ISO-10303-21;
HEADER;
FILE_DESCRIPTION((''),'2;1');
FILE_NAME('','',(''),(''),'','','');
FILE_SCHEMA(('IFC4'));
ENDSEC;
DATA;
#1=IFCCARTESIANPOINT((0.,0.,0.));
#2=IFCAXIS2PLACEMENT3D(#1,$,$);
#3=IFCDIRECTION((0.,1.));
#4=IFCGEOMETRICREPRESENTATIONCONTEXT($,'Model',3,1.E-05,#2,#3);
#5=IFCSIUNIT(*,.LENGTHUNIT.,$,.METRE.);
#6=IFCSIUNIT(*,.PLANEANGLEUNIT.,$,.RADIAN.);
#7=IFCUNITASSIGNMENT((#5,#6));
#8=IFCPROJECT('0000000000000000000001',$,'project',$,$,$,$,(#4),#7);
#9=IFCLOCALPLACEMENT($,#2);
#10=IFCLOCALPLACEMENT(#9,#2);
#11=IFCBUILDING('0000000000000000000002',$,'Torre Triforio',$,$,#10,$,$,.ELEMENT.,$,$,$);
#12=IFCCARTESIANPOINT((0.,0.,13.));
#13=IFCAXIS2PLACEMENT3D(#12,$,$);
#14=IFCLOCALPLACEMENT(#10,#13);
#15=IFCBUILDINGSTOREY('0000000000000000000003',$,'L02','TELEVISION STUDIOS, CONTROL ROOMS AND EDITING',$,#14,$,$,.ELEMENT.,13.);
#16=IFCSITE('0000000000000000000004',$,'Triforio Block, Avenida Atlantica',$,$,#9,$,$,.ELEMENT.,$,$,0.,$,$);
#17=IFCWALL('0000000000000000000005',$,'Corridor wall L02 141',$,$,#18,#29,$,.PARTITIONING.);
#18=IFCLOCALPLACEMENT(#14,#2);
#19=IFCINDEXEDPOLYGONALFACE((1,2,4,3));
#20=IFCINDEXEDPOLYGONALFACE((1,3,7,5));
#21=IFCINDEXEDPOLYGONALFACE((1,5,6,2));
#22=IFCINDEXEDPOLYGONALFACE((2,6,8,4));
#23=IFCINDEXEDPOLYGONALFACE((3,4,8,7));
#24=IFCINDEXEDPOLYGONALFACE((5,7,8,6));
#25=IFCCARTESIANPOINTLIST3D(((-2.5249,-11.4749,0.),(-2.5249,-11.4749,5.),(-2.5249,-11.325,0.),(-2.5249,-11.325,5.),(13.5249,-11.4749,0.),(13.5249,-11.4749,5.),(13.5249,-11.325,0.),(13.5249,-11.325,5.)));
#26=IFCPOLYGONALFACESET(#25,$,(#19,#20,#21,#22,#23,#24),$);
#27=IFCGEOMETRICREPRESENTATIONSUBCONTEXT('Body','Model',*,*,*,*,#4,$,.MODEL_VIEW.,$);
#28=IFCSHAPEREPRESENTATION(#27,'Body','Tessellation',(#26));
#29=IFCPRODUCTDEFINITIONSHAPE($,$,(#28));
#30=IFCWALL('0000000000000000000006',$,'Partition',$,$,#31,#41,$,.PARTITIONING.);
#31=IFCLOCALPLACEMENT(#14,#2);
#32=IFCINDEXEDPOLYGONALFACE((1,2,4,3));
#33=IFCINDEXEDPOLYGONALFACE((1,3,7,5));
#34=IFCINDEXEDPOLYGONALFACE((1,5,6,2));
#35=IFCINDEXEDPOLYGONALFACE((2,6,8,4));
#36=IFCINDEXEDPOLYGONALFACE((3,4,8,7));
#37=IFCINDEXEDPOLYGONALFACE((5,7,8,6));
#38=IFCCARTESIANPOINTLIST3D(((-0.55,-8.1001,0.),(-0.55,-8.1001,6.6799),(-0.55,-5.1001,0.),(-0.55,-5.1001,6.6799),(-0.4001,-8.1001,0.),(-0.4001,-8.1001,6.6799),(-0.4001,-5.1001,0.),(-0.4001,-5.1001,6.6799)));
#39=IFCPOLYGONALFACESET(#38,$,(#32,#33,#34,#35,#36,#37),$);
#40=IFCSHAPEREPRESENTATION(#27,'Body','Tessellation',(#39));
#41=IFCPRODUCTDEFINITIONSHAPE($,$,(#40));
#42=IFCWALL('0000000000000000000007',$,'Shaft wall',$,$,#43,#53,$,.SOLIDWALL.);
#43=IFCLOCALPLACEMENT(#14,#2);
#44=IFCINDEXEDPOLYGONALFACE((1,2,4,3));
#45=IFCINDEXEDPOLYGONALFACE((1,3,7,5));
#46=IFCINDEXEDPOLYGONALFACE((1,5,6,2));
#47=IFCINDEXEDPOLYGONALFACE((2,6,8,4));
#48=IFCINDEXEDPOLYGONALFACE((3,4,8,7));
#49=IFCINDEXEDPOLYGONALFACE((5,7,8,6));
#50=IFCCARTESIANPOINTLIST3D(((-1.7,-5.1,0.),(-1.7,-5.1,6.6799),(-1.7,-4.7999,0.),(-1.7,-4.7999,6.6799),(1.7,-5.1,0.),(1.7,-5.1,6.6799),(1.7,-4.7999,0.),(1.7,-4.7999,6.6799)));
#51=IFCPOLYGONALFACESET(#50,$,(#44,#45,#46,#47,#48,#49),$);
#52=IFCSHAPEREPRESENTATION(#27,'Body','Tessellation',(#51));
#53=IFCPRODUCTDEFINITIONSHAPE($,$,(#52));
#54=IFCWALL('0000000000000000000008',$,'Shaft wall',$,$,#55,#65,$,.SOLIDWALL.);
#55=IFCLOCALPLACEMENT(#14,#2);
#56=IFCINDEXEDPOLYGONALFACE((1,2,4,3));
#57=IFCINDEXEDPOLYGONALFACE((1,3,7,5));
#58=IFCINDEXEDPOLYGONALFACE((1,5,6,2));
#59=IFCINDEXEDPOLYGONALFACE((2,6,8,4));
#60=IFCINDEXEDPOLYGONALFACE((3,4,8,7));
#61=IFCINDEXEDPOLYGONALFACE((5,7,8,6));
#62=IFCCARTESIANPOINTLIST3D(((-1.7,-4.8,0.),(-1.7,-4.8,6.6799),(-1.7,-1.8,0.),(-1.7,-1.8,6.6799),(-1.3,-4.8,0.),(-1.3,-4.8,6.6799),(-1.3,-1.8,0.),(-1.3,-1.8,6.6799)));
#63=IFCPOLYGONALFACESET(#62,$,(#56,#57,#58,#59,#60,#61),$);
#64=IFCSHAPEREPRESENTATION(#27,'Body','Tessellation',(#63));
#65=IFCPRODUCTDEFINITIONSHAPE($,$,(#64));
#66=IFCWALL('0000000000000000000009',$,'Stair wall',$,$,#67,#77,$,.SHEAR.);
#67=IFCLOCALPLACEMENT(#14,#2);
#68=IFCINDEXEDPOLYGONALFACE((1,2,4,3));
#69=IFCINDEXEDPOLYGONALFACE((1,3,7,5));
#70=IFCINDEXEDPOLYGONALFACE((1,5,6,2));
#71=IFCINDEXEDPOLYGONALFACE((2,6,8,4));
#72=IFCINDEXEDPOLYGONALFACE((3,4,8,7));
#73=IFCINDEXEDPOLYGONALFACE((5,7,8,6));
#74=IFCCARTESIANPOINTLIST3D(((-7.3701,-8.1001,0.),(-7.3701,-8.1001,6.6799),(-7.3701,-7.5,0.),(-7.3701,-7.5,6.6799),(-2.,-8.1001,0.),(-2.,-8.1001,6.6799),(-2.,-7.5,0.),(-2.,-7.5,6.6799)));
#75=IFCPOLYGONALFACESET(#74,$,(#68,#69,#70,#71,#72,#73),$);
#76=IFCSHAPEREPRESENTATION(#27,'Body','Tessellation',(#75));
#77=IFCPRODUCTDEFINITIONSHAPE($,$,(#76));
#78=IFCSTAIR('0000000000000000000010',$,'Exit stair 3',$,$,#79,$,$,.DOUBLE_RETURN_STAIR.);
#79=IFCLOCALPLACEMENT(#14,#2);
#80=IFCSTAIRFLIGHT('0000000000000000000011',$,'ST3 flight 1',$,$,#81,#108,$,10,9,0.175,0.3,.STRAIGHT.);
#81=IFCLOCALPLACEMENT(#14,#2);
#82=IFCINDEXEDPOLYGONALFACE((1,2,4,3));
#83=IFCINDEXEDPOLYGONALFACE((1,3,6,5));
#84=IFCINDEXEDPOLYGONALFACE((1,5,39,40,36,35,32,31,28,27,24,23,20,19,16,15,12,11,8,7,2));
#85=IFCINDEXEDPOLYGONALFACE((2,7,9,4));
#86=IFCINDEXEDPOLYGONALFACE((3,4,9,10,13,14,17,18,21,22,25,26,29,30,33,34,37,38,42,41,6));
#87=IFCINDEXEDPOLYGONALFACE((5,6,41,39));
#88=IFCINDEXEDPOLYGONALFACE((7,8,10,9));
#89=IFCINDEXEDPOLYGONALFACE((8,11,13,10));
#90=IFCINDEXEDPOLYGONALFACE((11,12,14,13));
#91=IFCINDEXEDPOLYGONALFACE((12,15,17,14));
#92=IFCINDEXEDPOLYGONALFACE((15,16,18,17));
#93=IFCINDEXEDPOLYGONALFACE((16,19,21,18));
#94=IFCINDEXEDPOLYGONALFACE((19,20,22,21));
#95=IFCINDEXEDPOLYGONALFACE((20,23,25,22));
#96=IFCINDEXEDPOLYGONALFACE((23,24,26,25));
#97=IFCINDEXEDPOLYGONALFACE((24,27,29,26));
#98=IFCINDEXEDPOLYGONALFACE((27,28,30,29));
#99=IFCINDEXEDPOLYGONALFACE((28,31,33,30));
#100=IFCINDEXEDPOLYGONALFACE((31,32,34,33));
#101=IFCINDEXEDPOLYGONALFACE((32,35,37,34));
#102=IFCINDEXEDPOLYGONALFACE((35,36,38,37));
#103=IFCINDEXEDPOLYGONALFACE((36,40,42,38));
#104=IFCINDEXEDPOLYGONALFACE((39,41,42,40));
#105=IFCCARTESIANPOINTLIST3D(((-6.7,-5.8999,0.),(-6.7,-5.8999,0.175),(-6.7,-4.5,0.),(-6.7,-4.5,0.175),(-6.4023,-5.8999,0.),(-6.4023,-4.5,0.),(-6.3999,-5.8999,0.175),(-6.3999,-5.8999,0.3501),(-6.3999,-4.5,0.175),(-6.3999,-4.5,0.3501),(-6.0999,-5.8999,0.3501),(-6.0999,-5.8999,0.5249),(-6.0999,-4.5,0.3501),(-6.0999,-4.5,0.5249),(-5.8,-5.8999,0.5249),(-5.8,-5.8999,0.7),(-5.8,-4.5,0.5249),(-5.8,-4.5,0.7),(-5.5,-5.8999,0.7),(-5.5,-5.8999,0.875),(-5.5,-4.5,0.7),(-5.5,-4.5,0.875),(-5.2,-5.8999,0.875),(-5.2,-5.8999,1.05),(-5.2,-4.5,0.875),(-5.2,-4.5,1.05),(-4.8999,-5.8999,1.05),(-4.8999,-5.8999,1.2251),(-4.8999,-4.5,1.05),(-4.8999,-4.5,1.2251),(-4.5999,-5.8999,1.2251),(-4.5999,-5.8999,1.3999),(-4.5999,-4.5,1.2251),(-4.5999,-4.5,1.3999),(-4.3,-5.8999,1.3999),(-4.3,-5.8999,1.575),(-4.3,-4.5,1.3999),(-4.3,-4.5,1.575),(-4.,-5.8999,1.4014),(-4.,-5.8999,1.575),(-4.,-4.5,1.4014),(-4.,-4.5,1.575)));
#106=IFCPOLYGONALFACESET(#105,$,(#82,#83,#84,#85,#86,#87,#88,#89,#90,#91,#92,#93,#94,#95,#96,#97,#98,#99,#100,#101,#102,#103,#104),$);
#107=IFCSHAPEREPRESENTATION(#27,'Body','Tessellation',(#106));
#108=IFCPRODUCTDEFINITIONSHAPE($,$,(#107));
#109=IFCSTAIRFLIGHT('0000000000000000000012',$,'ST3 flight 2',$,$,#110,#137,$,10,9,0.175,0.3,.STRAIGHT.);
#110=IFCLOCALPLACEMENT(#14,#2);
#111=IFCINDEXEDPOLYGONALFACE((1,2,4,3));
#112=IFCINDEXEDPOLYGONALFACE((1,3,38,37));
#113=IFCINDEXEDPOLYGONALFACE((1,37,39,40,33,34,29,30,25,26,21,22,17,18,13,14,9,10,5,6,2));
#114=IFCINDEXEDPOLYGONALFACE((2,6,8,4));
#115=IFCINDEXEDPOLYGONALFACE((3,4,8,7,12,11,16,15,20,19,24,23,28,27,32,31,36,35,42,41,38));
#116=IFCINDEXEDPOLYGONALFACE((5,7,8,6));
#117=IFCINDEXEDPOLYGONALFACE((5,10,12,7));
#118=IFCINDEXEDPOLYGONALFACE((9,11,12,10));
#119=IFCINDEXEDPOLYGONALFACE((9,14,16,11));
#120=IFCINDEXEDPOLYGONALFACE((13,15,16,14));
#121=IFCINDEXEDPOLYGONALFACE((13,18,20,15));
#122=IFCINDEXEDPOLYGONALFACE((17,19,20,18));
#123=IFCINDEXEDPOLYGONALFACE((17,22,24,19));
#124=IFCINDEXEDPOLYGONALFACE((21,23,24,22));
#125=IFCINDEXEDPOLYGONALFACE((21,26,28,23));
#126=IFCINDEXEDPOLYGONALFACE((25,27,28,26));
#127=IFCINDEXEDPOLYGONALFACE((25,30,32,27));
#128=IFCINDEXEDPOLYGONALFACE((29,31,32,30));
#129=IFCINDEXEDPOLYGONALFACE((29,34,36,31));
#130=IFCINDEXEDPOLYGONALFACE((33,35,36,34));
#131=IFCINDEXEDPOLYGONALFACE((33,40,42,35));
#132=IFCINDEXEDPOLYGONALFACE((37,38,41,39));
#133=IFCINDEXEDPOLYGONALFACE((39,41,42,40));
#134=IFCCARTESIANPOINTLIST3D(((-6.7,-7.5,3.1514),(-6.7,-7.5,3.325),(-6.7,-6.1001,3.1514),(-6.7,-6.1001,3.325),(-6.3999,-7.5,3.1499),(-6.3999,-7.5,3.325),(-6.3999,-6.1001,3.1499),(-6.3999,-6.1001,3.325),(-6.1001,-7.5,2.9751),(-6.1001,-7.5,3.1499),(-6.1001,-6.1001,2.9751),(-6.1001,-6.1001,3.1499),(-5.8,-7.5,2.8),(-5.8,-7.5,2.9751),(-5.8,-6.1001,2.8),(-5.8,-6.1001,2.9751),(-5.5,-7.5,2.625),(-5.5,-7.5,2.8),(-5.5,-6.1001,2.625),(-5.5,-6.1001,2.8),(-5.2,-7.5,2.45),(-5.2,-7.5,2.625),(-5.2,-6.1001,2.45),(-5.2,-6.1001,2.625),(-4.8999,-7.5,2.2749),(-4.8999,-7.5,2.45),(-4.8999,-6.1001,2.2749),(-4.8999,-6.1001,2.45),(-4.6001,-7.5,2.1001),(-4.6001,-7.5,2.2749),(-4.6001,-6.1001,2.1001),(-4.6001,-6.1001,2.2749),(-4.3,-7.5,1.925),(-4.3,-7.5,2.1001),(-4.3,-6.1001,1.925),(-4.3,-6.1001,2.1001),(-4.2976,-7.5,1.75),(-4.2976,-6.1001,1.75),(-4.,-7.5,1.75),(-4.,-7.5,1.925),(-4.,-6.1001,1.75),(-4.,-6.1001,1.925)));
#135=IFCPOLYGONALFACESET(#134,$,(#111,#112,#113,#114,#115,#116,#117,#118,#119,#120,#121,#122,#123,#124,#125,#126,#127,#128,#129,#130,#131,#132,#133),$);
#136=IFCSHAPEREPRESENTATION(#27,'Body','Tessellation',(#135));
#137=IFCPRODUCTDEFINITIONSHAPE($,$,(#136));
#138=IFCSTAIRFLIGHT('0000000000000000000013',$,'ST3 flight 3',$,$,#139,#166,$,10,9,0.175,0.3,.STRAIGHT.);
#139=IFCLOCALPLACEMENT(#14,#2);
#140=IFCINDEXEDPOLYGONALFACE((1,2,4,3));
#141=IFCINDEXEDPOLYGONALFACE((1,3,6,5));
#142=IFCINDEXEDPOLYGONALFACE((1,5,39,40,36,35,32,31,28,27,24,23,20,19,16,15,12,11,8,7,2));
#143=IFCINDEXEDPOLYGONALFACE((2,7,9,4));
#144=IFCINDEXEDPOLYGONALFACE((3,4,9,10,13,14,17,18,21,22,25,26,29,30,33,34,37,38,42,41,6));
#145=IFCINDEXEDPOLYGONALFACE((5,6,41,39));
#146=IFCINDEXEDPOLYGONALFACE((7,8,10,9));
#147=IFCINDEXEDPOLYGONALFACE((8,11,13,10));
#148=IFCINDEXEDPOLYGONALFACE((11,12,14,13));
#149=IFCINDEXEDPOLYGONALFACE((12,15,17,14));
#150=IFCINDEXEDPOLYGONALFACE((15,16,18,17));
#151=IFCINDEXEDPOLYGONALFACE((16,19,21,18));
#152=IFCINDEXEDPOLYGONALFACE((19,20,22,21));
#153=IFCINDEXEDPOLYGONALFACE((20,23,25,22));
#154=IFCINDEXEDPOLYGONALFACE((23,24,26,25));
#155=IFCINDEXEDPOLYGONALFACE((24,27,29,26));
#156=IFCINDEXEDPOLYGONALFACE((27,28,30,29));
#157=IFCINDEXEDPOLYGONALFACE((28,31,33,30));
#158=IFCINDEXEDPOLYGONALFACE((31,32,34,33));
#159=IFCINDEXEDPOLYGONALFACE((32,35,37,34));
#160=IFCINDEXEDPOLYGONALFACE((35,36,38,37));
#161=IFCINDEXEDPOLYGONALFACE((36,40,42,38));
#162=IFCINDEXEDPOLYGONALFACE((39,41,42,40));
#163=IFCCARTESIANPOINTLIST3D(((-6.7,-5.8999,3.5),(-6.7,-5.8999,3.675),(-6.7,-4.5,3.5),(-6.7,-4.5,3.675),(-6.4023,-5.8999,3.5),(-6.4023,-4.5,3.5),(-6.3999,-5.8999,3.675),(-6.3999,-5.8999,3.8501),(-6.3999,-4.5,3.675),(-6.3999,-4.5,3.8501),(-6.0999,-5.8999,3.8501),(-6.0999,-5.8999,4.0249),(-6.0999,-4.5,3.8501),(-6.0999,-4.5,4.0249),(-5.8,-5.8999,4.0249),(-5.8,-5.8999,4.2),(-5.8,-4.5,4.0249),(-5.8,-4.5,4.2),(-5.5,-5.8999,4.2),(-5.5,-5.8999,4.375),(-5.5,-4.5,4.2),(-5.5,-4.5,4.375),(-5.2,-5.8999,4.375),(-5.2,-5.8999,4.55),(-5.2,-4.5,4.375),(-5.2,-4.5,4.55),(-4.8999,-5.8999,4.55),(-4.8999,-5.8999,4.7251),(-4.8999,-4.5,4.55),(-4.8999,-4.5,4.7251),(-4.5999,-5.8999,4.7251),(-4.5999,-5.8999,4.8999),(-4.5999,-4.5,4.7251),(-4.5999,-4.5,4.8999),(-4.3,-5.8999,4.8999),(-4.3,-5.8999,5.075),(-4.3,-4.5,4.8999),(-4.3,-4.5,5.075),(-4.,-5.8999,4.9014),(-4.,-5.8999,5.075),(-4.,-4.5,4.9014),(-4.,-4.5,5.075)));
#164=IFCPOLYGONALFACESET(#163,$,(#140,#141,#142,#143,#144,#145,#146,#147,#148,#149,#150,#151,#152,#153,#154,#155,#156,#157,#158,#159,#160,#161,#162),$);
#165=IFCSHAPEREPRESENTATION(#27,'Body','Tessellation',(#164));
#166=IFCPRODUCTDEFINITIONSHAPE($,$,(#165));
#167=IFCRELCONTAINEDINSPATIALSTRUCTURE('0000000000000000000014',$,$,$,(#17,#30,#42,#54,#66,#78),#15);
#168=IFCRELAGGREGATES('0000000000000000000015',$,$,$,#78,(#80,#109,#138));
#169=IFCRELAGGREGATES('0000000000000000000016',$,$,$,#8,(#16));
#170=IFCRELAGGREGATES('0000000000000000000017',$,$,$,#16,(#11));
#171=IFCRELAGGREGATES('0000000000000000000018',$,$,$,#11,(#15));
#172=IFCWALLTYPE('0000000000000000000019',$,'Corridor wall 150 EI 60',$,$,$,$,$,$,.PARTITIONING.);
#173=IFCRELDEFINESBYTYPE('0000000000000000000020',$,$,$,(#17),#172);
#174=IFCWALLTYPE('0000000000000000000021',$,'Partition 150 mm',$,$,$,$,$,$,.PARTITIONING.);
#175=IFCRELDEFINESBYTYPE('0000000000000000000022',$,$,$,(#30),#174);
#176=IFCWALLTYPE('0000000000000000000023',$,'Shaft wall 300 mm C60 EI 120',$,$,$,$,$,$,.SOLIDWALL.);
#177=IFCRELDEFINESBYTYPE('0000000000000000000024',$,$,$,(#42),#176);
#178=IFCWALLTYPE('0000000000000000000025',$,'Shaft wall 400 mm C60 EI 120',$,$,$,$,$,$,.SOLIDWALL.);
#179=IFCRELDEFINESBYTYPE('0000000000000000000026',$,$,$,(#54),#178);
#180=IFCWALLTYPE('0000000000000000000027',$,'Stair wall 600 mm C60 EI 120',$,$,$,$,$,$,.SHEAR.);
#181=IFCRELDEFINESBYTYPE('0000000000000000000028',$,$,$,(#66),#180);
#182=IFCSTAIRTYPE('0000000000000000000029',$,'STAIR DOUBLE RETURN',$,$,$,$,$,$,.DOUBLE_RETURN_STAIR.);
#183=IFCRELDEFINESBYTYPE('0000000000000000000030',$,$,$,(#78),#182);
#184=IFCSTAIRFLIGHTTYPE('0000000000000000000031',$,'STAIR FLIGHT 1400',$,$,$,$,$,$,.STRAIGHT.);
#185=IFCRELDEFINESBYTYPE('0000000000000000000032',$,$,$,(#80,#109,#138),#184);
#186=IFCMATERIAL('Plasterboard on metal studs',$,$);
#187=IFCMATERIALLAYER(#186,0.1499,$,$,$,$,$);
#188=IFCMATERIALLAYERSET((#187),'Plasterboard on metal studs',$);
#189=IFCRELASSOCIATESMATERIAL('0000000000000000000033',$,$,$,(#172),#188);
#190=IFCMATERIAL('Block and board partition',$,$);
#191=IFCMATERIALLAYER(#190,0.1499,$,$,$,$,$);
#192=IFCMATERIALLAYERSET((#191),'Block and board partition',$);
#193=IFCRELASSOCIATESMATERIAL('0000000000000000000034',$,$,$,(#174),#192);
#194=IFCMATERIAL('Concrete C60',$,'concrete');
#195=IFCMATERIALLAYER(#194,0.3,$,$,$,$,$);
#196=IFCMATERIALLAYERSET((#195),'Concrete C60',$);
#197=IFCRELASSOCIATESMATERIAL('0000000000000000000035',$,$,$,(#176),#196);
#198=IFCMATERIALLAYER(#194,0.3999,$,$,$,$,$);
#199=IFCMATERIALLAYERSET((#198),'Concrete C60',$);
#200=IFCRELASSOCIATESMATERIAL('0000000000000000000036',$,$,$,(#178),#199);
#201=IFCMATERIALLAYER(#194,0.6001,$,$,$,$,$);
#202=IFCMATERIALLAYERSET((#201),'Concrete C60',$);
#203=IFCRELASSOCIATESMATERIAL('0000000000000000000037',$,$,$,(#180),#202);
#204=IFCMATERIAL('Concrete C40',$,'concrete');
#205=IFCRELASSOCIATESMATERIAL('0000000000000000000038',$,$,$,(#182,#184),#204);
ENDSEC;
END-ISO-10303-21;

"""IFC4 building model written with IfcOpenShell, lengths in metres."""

from ifc_helpers import new_model, si_unit, direction, frame, frame_2d, origin, place, context, subcontext, project, spatial, polyline, rectangle, outline, extrude, material, layer, layer_set, type_object, element, aggregate, save


model = new_model("IFC4")

# Units and contexts
model_context = context("Model", 3, precision=1e-05, world=origin(), true_north=direction((0.0, 1.0)))
body_context = subcontext(model_context, "Body", "Model", "MODEL_VIEW")
ifc_project = project(units=[si_unit("LENGTHUNIT", "METRE"), si_unit("PLANEANGLEUNIT", "RADIAN")], contexts=[model_context])

# Site, building, storey
site_placement = place(None, origin())
site = spatial("IfcSite", under=ifc_project, at=site_placement, Name="Triforio Block, Avenida Atlantica", CompositionType="ELEMENT", RefElevation=0.0)
building_placement = place(site_placement, origin())
building = spatial("IfcBuilding", under=site, at=building_placement, Name="Torre Triforio", CompositionType="ELEMENT")
storey_placement = place(building_placement, frame((0.0, 0.0, 13.0)))
storey = spatial("IfcBuildingStorey", under=building, at=storey_placement, Name="L02", Description="TELEVISION STUDIOS, CONTROL ROOMS AND EDITING", CompositionType="ELEMENT", Elevation=13.0)

# Shared definitions
ifc_material_1 = material(Name="Concrete C60", Category="concrete")

# Walls
ifc_material_2 = material(Name="Plasterboard on metal studs")
ifc_layer_1 = layer(ifc_material_2, 0.1499)
ifc_layer_set_1 = layer_set([ifc_layer_1], Name="Plasterboard on metal studs")
wall_type_1 = type_object("IfcWallType", Name="Corridor wall 150 EI 60", PredefinedType="PARTITIONING", material=ifc_layer_set_1)
wall_1_placement = place(storey_placement, frame((-2.5249, -11.3999, 0.0), z_axis=(0.0, 0.0, 1.0), x_axis=(1.0, 0.0, 0.0)))
element("IfcWall", 1, at=wall_1_placement, inside=storey, type_object=wall_type_1, Name="Corridor wall L02 141", PredefinedType="PARTITIONING", context=body_context, shape_type="SweptSolid", body=[
    extrude(rectangle(XDim=16.0498, YDim=0.1499, at=frame_2d((8.0249, 0.0))), origin(), (0.0, 0.0, 1.0), 5.0),
])
ifc_material_3 = material(Name="Block and board partition")
ifc_layer_2 = layer(ifc_material_3, 0.1499)
ifc_layer_set_2 = layer_set([ifc_layer_2], Name="Block and board partition")
wall_type_2 = type_object("IfcWallType", Name="Partition 150 mm", PredefinedType="PARTITIONING", material=ifc_layer_set_2)
wall_2_placement = place(storey_placement, frame((-0.4751, -8.1001, 0.0), z_axis=(0.0, 0.0, 1.0), x_axis=(0.0, 1.0, 0.0)))
element("IfcWall", 2, at=wall_2_placement, inside=storey, type_object=wall_type_2, Name="Partition", PredefinedType="PARTITIONING", context=body_context, shape_type="SweptSolid", body=[
    extrude(rectangle(XDim=3.0, YDim=0.1499, at=frame_2d((1.5, 0.0))), origin(), (0.0, 0.0, 1.0), 6.6799),
])
ifc_layer_3 = layer(ifc_material_1, 0.3)
ifc_layer_set_3 = layer_set([ifc_layer_3], Name="Concrete C60")
wall_type_3 = type_object("IfcWallType", Name="Shaft wall 300 mm C60 EI 120", PredefinedType="SOLIDWALL", material=ifc_layer_set_3)
wall_3_placement = place(storey_placement, frame((-1.7, -4.95, 0.0), z_axis=(0.0, 0.0, 1.0), x_axis=(1.0, 0.0, 0.0)))
element("IfcWall", 3, at=wall_3_placement, inside=storey, type_object=wall_type_3, Name="Shaft wall", PredefinedType="SOLIDWALL", context=body_context, shape_type="SweptSolid", body=[
    extrude(rectangle(XDim=3.3999, YDim=0.3, at=frame_2d((1.7, 0.0))), origin(), (0.0, 0.0, 1.0), 6.6799),
])
ifc_layer_4 = layer(ifc_material_1, 0.3999)
ifc_layer_set_4 = layer_set([ifc_layer_4], Name="Concrete C60")
wall_type_4 = type_object("IfcWallType", Name="Shaft wall 400 mm C60 EI 120", PredefinedType="SOLIDWALL", material=ifc_layer_set_4)
wall_4_placement = place(storey_placement, frame((-1.5, -4.8, 0.0), z_axis=(0.0, 0.0, 1.0), x_axis=(0.0, 1.0, 0.0)))
element("IfcWall", 4, at=wall_4_placement, inside=storey, type_object=wall_type_4, Name="Shaft wall", PredefinedType="SOLIDWALL", context=body_context, shape_type="SweptSolid", body=[
    extrude(rectangle(XDim=3.0, YDim=0.3999, at=frame_2d((1.5, 0.0))), origin(), (0.0, 0.0, 1.0), 6.6799),
])
ifc_layer_5 = layer(ifc_material_1, 0.6001)
ifc_layer_set_5 = layer_set([ifc_layer_5], Name="Concrete C60")
wall_type_5 = type_object("IfcWallType", Name="Stair wall 600 mm C60 EI 120", PredefinedType="SHEAR", material=ifc_layer_set_5)
wall_5_placement = place(storey_placement, frame((-7.3701, -7.8, 0.0), z_axis=(0.0, 0.0, 1.0), x_axis=(1.0, 0.0, 0.0)))
element("IfcWall", 5, at=wall_5_placement, inside=storey, type_object=wall_type_5, Name="Stair wall", PredefinedType="SHEAR", context=body_context, shape_type="SweptSolid", body=[
    extrude(rectangle(XDim=5.3701, YDim=0.6001, at=frame_2d((2.6851, 0.0))), origin(), (0.0, 0.0, 1.0), 6.6799),
])

# Stair, stair flights
ifc_material_4 = material(Name="Concrete C40", Category="concrete")
stair_type = type_object("IfcStairType", Name="STAIR DOUBLE RETURN", PredefinedType="DOUBLE_RETURN_STAIR", material=ifc_material_4)
stair_placement = place(storey_placement, origin())
stair = element("IfcStair", 6, at=stair_placement, inside=storey, type_object=stair_type, Name="Exit stair 3", PredefinedType="DOUBLE_RETURN_STAIR")
stair_flight_type = type_object("IfcStairFlightType", Name="STAIR FLIGHT 1400", PredefinedType="STRAIGHT", material=ifc_material_4)
stair_flight_1_placement = place(storey_placement, frame((-6.7, -5.2, 0.0), z_axis=(0.0, 0.0, 1.0), x_axis=(1.0, 0.0, 0.0)))
stair_flight_1 = element("IfcStairFlight", 7, at=stair_flight_1_placement, type_object=stair_flight_type, Name="ST3 flight 1", NumberOfRisers=10, NumberOfTreads=9, PredefinedType="STRAIGHT", RiserHeight=0.175, TreadLength=0.3, context=body_context, shape_type="SweptSolid", body=[
    extrude(outline(polyline([(0.0, 0.0), (0.0, 0.175), (0.3, 0.175), (0.3, 0.3501), (0.6001, 0.3501), (0.6001, 0.5249), (0.8999, 0.5249), (0.8999, 0.7), (1.2, 0.7), (1.2, 0.875), (1.5, 0.875), (1.5, 1.05), (1.8, 1.05), (1.8, 1.2251), (2.1001, 1.2251), (2.1001, 1.3999), (2.3999, 1.3999), (2.3999, 1.575), (2.7, 1.575), (2.7, 1.75), (2.7, 1.4014), (0.2976, 0.0), (0.0, 0.0)])), frame((0.0, 0.7, 0.0), z_axis=(0.0, -1.0, 0.0), x_axis=(1.0, 0.0, 0.0)), (0.0, 0.0, 1.0), 1.3999),
])
stair_flight_2_placement = place(storey_placement, frame((-4.0, -6.8, 1.75), z_axis=(0.0, 0.0, 1.0), x_axis=(-1.0, 0.0, 0.0)))
stair_flight_2 = element("IfcStairFlight", 8, at=stair_flight_2_placement, type_object=stair_flight_type, Name="ST3 flight 2", NumberOfRisers=10, NumberOfTreads=9, PredefinedType="STRAIGHT", RiserHeight=0.175, TreadLength=0.3, context=body_context, shape_type="SweptSolid", body=[
    extrude(outline(polyline([(0.0, 0.0), (0.0, 0.175), (0.3, 0.175), (0.3, 0.3501), (0.6001, 0.3501), (0.6001, 0.5249), (0.8999, 0.5249), (0.8999, 0.7), (1.2, 0.7), (1.2, 0.875), (1.5, 0.875), (1.5, 1.05), (1.8, 1.05), (1.8, 1.2251), (2.1001, 1.2251), (2.1001, 1.3999), (2.3999, 1.3999), (2.3999, 1.575), (2.7, 1.575), (2.7, 1.75), (2.7, 1.4014), (0.2976, 0.0), (0.0, 0.0)])), frame((0.0, 0.7, 0.0), z_axis=(0.0, -1.0, 0.0), x_axis=(1.0, 0.0, 0.0)), (0.0, 0.0, 1.0), 1.3999),
])
stair_flight_3_placement = place(storey_placement, frame((-6.7, -5.2, 3.5), z_axis=(0.0, 0.0, 1.0), x_axis=(1.0, 0.0, 0.0)))
stair_flight_3 = element("IfcStairFlight", 9, at=stair_flight_3_placement, type_object=stair_flight_type, Name="ST3 flight 3", NumberOfRisers=10, NumberOfTreads=9, PredefinedType="STRAIGHT", RiserHeight=0.175, TreadLength=0.3, context=body_context, shape_type="SweptSolid", body=[
    extrude(outline(polyline([(0.0, 0.0), (0.0, 0.175), (0.3, 0.175), (0.3, 0.3501), (0.6001, 0.3501), (0.6001, 0.5249), (0.8999, 0.5249), (0.8999, 0.7), (1.2, 0.7), (1.2, 0.875), (1.5, 0.875), (1.5, 1.05), (1.8, 1.05), (1.8, 1.2251), (2.1001, 1.2251), (2.1001, 1.3999), (2.3999, 1.3999), (2.3999, 1.575), (2.7, 1.575), (2.7, 1.75), (2.7, 1.4014), (0.2976, 0.0), (0.0, 0.0)])), frame((0.0, 0.7, 0.0), z_axis=(0.0, -1.0, 0.0), x_axis=(1.0, 0.0, 0.0)), (0.0, 0.0, 1.0), 1.3999),
])
aggregate(stair, [stair_flight_1, stair_flight_2, stair_flight_3])

save(model, "model.ifc")
